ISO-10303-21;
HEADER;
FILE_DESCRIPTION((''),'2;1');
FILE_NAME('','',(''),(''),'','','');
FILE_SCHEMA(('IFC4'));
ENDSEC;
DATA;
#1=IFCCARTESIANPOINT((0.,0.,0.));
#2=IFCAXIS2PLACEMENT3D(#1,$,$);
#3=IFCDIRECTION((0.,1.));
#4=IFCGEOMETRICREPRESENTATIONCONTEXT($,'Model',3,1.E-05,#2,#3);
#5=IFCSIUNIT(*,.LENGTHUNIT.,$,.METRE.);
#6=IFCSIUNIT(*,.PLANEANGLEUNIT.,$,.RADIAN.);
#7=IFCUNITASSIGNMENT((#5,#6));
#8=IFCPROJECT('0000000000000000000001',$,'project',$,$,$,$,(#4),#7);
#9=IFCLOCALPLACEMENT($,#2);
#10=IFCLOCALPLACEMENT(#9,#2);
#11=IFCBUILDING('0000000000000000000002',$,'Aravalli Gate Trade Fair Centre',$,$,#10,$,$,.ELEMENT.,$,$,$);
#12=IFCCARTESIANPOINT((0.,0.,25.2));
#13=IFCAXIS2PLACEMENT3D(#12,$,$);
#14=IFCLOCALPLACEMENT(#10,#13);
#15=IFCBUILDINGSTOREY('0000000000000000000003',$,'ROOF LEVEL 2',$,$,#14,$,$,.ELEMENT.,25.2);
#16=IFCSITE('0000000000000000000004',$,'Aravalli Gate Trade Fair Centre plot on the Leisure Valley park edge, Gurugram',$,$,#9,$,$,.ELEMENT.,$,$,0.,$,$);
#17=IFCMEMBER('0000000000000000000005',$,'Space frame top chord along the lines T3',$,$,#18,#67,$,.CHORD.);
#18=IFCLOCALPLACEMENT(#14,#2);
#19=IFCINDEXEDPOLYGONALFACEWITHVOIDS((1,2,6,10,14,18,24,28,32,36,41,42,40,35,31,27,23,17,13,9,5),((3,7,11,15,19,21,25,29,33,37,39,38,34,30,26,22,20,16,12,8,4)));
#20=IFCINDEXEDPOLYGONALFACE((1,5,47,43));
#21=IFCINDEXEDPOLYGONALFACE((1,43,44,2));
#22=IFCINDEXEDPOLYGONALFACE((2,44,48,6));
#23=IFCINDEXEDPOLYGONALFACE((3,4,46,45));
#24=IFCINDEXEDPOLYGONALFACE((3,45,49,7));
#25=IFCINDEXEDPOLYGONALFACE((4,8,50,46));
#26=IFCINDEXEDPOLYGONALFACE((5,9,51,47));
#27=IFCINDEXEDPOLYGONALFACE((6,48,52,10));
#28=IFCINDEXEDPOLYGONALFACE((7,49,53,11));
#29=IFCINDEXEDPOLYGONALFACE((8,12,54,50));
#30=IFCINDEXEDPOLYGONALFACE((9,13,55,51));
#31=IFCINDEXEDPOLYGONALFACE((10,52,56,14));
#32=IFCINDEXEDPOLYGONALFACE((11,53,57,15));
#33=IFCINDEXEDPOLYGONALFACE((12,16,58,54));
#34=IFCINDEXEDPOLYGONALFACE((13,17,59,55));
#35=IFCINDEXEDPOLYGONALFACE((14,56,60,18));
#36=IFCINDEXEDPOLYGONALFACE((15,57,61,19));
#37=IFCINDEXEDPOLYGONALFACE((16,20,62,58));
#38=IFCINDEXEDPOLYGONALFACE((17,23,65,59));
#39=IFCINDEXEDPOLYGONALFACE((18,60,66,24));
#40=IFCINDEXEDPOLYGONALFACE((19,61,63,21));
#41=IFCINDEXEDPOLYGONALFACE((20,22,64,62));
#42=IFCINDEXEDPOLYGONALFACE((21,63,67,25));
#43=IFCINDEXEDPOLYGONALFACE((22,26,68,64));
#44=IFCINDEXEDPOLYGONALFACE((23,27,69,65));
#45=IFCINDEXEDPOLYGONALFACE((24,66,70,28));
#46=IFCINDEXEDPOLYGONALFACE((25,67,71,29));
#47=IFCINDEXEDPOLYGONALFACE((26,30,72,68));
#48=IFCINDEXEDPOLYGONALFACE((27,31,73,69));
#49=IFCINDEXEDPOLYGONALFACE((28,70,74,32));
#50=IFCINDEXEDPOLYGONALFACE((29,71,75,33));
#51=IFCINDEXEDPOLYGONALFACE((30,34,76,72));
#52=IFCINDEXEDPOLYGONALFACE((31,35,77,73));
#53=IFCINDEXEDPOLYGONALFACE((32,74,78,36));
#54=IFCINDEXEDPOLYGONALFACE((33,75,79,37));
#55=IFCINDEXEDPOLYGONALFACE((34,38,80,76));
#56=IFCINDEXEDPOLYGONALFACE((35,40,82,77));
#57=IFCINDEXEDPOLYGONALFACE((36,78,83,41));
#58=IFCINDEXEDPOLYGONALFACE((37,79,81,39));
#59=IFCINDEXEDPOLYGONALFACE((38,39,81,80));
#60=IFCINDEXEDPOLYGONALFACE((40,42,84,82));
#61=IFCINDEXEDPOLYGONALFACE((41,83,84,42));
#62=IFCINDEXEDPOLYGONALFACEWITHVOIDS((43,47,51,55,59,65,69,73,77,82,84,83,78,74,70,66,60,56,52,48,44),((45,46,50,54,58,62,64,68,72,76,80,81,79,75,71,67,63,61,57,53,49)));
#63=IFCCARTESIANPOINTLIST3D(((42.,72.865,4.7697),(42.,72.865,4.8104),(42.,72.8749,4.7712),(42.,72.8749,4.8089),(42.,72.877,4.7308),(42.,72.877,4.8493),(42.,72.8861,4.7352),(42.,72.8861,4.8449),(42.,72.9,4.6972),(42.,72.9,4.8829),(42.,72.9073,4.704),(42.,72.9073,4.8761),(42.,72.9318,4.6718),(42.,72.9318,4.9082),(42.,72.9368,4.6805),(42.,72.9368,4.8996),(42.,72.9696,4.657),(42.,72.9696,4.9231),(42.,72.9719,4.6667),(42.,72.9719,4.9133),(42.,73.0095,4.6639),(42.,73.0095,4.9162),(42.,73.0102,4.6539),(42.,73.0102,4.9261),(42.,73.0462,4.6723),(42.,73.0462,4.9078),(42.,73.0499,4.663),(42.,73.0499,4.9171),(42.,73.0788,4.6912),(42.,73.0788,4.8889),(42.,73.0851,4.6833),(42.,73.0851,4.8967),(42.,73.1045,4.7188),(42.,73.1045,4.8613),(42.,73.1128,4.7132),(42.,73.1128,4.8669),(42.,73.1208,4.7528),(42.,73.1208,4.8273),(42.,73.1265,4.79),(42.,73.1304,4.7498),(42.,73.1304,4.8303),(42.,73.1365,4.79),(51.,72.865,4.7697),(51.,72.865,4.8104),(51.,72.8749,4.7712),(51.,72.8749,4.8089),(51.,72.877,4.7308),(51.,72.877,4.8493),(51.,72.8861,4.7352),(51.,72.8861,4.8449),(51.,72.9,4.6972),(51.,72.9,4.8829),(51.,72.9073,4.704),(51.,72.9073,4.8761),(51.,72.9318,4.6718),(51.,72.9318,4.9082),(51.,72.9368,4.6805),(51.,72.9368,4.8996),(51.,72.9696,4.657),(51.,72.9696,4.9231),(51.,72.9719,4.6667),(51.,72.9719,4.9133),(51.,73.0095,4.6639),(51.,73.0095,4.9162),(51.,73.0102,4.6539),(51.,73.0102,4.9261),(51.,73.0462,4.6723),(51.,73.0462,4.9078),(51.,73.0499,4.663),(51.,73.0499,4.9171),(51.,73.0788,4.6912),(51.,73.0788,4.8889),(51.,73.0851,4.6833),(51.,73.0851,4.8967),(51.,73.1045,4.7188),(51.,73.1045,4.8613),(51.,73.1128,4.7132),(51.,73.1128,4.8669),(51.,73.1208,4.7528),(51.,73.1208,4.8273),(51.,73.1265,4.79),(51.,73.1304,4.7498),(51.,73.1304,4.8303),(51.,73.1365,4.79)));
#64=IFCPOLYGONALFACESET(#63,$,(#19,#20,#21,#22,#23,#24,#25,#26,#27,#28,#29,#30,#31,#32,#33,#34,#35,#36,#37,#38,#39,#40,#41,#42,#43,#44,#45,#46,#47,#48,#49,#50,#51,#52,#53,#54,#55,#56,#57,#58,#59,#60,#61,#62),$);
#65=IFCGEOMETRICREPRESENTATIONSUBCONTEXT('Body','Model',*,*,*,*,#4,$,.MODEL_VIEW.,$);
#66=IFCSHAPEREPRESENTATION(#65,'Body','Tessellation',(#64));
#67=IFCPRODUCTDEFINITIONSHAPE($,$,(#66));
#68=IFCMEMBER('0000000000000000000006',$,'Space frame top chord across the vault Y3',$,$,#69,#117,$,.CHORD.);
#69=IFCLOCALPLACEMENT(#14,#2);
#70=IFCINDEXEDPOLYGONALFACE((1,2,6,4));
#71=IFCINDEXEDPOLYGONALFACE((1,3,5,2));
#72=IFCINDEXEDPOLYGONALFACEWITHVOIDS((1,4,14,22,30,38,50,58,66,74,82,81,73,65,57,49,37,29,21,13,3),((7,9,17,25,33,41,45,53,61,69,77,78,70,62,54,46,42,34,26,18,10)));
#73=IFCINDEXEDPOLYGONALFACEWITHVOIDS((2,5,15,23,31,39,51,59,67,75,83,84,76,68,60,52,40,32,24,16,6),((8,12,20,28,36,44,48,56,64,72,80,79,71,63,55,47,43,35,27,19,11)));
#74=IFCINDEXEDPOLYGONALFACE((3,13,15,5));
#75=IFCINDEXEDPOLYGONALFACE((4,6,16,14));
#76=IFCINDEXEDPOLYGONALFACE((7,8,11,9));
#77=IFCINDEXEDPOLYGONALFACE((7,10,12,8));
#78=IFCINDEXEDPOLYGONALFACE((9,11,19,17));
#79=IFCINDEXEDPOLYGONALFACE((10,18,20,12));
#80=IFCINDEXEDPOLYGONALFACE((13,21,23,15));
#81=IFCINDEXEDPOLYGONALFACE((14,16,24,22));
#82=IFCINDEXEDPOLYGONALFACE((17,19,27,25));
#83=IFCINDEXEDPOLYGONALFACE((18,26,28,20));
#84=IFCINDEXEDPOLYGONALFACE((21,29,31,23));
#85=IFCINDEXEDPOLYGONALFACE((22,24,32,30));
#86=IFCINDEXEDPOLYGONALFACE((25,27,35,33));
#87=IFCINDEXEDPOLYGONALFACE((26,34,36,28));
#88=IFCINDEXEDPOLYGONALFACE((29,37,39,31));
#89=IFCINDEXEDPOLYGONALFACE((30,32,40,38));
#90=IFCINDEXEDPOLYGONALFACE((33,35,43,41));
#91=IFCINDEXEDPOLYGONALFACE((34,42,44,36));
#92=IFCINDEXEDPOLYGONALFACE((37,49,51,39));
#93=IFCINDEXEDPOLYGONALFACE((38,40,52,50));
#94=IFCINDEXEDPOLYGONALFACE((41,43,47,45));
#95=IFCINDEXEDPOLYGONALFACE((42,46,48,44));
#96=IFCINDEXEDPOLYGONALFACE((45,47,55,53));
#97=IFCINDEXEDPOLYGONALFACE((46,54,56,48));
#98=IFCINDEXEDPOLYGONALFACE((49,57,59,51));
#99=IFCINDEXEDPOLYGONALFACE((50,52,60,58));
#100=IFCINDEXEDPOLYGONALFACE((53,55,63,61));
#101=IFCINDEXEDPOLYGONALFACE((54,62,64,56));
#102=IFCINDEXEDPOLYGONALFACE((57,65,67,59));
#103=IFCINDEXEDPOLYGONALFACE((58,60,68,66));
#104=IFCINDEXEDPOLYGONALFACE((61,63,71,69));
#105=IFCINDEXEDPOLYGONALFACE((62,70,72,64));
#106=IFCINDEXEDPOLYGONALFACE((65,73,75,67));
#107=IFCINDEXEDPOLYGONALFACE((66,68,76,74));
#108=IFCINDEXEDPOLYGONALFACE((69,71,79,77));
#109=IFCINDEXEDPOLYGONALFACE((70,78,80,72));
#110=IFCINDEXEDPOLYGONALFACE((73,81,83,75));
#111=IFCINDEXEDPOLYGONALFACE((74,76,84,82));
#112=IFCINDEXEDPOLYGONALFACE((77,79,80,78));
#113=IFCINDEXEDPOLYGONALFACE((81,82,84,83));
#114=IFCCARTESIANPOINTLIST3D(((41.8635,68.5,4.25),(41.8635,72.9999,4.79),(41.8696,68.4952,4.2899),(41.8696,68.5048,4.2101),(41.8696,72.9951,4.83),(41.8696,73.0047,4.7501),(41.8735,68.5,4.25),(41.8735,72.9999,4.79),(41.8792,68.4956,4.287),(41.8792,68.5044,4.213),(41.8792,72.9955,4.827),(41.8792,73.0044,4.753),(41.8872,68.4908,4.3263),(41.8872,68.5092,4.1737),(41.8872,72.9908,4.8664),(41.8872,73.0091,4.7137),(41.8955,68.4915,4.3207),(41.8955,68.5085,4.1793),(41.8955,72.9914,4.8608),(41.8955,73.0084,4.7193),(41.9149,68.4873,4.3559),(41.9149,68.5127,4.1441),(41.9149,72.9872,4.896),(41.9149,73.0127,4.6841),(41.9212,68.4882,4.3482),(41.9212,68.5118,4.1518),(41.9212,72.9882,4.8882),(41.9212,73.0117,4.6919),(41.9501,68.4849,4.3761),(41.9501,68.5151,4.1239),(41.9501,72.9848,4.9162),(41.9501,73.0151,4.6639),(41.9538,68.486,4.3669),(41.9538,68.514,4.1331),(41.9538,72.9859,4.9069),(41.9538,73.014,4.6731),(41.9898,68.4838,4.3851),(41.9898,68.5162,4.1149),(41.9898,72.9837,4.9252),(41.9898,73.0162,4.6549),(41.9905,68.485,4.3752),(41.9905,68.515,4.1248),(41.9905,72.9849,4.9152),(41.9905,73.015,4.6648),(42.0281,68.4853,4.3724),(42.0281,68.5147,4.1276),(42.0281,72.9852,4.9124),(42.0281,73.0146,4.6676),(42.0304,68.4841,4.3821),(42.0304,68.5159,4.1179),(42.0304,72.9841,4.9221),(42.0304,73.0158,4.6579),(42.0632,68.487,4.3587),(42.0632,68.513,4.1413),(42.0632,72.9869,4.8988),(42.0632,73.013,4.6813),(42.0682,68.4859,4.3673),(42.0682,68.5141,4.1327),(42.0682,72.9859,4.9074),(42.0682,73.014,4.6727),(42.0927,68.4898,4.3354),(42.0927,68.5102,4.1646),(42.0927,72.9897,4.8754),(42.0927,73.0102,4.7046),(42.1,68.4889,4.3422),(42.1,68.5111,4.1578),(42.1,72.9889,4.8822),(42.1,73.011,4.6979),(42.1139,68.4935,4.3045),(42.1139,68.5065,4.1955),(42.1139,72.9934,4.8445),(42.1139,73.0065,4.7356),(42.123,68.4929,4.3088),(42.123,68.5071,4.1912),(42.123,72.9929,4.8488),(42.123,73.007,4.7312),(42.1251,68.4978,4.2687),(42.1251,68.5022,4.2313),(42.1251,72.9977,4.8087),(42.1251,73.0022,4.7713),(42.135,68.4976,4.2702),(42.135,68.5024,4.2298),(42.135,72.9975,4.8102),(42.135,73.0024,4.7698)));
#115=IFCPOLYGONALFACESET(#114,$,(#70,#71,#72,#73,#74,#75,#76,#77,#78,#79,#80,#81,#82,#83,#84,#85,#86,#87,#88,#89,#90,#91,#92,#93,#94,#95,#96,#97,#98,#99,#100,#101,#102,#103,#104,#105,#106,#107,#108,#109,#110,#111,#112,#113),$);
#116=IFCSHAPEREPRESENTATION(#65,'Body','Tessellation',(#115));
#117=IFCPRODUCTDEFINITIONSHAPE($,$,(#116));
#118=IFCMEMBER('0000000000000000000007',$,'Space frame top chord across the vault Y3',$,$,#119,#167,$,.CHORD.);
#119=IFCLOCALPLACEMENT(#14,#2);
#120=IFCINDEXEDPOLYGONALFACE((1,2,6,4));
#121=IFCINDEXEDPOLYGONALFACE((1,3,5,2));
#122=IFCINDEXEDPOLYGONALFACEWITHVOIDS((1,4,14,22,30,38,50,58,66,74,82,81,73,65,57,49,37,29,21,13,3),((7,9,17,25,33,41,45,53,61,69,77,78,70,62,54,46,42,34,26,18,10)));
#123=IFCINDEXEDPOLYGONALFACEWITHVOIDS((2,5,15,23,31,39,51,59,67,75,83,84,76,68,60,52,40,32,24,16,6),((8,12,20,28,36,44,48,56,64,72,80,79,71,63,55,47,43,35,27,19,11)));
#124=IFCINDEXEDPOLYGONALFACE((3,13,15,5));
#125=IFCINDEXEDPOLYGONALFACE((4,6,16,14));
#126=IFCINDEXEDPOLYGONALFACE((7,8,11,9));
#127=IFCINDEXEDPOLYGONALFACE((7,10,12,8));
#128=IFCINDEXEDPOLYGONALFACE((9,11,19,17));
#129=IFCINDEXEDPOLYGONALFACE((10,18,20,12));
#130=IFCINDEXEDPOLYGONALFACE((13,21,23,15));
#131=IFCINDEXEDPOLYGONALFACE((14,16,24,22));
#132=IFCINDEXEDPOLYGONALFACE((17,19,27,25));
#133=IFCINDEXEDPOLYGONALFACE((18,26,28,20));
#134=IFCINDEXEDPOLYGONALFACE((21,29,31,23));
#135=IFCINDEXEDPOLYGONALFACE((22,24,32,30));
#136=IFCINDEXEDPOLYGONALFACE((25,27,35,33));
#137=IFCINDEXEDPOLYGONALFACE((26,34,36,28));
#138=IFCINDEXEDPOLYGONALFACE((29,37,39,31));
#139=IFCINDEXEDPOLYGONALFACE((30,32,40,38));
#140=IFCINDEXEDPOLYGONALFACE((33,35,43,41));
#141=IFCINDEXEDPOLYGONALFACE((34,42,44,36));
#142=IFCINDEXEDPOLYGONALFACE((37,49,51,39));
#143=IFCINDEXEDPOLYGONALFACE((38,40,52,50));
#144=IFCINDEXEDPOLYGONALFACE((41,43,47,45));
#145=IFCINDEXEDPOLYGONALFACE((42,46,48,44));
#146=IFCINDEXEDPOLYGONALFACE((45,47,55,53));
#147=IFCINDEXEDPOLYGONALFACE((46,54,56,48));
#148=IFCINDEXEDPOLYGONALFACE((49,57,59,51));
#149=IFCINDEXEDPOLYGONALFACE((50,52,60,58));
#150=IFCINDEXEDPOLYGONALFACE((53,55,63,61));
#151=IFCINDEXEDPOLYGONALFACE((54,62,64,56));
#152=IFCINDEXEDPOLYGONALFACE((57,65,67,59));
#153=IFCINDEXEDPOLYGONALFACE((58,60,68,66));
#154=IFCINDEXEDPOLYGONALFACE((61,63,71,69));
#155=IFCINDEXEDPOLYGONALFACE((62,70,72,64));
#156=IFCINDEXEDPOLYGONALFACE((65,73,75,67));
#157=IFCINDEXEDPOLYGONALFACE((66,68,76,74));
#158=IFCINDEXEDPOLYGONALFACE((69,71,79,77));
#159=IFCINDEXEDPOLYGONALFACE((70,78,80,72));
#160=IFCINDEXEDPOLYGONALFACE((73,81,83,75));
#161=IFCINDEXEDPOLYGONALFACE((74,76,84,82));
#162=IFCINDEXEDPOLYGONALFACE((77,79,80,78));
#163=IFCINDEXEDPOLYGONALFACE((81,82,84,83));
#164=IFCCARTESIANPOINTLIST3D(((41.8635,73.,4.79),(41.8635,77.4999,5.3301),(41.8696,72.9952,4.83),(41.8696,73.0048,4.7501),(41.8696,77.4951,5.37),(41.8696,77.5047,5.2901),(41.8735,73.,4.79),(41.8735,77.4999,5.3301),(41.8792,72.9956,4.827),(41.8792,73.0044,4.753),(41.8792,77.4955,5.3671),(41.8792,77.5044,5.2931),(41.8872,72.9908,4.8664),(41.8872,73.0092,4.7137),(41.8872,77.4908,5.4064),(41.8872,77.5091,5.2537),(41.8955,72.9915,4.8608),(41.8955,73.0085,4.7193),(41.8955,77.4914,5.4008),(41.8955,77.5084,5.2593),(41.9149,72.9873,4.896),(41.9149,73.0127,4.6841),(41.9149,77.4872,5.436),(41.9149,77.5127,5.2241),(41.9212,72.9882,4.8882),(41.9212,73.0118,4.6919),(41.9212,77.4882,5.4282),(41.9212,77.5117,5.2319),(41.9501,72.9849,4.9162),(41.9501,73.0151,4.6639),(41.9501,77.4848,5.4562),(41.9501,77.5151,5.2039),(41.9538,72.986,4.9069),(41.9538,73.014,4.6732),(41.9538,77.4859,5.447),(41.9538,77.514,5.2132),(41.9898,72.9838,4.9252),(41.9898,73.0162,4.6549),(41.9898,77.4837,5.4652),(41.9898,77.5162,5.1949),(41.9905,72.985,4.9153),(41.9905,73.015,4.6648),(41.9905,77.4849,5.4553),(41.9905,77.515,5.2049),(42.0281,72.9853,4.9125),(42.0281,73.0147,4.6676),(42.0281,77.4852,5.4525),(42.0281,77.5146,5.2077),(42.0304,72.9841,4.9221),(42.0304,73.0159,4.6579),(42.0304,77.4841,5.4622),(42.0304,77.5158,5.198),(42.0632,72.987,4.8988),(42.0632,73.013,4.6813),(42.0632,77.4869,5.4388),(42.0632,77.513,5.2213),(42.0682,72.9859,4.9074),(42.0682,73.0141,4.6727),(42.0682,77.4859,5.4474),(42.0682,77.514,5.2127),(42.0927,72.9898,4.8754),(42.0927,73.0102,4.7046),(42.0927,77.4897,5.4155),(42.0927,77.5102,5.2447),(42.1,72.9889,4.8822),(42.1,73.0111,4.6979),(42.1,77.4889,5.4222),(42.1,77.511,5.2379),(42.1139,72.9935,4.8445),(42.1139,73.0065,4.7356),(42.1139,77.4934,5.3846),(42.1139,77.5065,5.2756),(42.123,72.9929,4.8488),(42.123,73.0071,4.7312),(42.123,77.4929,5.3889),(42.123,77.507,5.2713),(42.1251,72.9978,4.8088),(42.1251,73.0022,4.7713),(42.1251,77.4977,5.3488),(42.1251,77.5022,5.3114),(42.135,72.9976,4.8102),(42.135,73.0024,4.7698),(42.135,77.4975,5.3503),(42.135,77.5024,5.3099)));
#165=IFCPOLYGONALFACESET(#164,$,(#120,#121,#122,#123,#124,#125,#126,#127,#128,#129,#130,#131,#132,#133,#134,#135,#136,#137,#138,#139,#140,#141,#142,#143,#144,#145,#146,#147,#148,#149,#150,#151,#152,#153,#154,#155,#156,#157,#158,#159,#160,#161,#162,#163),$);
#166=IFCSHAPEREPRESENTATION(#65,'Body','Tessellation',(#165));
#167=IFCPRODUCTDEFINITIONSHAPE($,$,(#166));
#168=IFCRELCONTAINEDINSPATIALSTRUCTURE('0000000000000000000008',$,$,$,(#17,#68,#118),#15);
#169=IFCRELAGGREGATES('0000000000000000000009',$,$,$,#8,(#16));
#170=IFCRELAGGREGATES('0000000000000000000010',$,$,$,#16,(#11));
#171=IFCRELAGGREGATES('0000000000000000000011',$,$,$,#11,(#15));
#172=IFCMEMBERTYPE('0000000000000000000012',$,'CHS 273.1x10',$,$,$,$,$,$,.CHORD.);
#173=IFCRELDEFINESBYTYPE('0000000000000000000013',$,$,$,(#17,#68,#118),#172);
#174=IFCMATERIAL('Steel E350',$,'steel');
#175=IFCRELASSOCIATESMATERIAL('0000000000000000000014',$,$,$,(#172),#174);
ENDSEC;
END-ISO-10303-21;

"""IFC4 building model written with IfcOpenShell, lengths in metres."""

from ifc_helpers import new_model, si_unit, direction, frame, origin, origin_2d, place, context, subcontext, project, spatial, hollow_circle, extrude, material, material_profile, profile_set, type_object, element, save


model = new_model("IFC4")

# Units and contexts
model_context = context("Model", 3, precision=1e-05, world=origin(), true_north=direction((0.0, 1.0)))
body_context = subcontext(model_context, "Body", "Model", "MODEL_VIEW")
ifc_project = project(units=[si_unit("LENGTHUNIT", "METRE"), si_unit("PLANEANGLEUNIT", "RADIAN")], contexts=[model_context])

# Site, building, storey
site_placement = place(None, origin())
site = spatial("IfcSite", under=ifc_project, at=site_placement, Name="Aravalli Gate Trade Fair Centre plot on the Leisure Valley park edge, Gurugram", CompositionType="ELEMENT", RefElevation=0.0)
building_placement = place(site_placement, origin())
building = spatial("IfcBuilding", under=site, at=building_placement, Name="Aravalli Gate Trade Fair Centre", CompositionType="ELEMENT")
storey_placement = place(building_placement, frame((0.0, 0.0, 25.2)))
storey = spatial("IfcBuildingStorey", under=building, at=storey_placement, Name="ROOF LEVEL 2", CompositionType="ELEMENT", Elevation=25.2)

# Members
ifc_material_1 = material(Name="Steel E350", Category="steel")
ifc_material_profile_1 = material_profile(ifc_material_1, hollow_circle(Radius=0.1365, WallThickness=0.01, at=origin_2d()), Name="CHS 273.1x10")
ifc_profile_set_1 = profile_set([ifc_material_profile_1], Name="Steel E350")
member_type_1 = type_object("IfcMemberType", Name="CHS 273.1x10", PredefinedType="CHORD", material=ifc_profile_set_1)
for number, where, z_axis, x_axis, name in (
    (1, (42.0, 73.0, 4.79), (1.0, 0.0, 0.0), (0.0, 1.0, 0.0), "Space frame top chord along the lines T3"),
):
    element("IfcMember", number, at=place(storey_placement, frame(where, z_axis=z_axis, x_axis=x_axis)), inside=storey, type_object=member_type_1, Name=name, PredefinedType="CHORD", context=body_context, shape_type="SweptSolid", body=[
        extrude(hollow_circle(Radius=0.1365, WallThickness=0.01, at=origin_2d()), origin(), (0.0, 0.0, 1.0), 9.0),
    ])
for number, where, z_axis, x_axis, name in (
    (2, (42.0, 68.5, 4.25), (0.0, 0.992876, 0.119154), (-1.0, 0.0, 0.0), "Space frame top chord across the vault Y3"),
    (3, (42.0, 73.0, 4.79), (0.0, 0.992876, 0.119154), (-1.0, 0.0, 0.0), "Space frame top chord across the vault Y3"),
):
    element("IfcMember", number, at=place(storey_placement, frame(where, z_axis=z_axis, x_axis=x_axis)), inside=storey, type_object=member_type_1, Name=name, PredefinedType="CHORD", context=body_context, shape_type="SweptSolid", body=[
        extrude(hollow_circle(Radius=0.1365, WallThickness=0.01, at=origin_2d()), origin(), (0.0, 0.0, 1.0), 4.5322),
    ])

save(model, "model.ifc")
